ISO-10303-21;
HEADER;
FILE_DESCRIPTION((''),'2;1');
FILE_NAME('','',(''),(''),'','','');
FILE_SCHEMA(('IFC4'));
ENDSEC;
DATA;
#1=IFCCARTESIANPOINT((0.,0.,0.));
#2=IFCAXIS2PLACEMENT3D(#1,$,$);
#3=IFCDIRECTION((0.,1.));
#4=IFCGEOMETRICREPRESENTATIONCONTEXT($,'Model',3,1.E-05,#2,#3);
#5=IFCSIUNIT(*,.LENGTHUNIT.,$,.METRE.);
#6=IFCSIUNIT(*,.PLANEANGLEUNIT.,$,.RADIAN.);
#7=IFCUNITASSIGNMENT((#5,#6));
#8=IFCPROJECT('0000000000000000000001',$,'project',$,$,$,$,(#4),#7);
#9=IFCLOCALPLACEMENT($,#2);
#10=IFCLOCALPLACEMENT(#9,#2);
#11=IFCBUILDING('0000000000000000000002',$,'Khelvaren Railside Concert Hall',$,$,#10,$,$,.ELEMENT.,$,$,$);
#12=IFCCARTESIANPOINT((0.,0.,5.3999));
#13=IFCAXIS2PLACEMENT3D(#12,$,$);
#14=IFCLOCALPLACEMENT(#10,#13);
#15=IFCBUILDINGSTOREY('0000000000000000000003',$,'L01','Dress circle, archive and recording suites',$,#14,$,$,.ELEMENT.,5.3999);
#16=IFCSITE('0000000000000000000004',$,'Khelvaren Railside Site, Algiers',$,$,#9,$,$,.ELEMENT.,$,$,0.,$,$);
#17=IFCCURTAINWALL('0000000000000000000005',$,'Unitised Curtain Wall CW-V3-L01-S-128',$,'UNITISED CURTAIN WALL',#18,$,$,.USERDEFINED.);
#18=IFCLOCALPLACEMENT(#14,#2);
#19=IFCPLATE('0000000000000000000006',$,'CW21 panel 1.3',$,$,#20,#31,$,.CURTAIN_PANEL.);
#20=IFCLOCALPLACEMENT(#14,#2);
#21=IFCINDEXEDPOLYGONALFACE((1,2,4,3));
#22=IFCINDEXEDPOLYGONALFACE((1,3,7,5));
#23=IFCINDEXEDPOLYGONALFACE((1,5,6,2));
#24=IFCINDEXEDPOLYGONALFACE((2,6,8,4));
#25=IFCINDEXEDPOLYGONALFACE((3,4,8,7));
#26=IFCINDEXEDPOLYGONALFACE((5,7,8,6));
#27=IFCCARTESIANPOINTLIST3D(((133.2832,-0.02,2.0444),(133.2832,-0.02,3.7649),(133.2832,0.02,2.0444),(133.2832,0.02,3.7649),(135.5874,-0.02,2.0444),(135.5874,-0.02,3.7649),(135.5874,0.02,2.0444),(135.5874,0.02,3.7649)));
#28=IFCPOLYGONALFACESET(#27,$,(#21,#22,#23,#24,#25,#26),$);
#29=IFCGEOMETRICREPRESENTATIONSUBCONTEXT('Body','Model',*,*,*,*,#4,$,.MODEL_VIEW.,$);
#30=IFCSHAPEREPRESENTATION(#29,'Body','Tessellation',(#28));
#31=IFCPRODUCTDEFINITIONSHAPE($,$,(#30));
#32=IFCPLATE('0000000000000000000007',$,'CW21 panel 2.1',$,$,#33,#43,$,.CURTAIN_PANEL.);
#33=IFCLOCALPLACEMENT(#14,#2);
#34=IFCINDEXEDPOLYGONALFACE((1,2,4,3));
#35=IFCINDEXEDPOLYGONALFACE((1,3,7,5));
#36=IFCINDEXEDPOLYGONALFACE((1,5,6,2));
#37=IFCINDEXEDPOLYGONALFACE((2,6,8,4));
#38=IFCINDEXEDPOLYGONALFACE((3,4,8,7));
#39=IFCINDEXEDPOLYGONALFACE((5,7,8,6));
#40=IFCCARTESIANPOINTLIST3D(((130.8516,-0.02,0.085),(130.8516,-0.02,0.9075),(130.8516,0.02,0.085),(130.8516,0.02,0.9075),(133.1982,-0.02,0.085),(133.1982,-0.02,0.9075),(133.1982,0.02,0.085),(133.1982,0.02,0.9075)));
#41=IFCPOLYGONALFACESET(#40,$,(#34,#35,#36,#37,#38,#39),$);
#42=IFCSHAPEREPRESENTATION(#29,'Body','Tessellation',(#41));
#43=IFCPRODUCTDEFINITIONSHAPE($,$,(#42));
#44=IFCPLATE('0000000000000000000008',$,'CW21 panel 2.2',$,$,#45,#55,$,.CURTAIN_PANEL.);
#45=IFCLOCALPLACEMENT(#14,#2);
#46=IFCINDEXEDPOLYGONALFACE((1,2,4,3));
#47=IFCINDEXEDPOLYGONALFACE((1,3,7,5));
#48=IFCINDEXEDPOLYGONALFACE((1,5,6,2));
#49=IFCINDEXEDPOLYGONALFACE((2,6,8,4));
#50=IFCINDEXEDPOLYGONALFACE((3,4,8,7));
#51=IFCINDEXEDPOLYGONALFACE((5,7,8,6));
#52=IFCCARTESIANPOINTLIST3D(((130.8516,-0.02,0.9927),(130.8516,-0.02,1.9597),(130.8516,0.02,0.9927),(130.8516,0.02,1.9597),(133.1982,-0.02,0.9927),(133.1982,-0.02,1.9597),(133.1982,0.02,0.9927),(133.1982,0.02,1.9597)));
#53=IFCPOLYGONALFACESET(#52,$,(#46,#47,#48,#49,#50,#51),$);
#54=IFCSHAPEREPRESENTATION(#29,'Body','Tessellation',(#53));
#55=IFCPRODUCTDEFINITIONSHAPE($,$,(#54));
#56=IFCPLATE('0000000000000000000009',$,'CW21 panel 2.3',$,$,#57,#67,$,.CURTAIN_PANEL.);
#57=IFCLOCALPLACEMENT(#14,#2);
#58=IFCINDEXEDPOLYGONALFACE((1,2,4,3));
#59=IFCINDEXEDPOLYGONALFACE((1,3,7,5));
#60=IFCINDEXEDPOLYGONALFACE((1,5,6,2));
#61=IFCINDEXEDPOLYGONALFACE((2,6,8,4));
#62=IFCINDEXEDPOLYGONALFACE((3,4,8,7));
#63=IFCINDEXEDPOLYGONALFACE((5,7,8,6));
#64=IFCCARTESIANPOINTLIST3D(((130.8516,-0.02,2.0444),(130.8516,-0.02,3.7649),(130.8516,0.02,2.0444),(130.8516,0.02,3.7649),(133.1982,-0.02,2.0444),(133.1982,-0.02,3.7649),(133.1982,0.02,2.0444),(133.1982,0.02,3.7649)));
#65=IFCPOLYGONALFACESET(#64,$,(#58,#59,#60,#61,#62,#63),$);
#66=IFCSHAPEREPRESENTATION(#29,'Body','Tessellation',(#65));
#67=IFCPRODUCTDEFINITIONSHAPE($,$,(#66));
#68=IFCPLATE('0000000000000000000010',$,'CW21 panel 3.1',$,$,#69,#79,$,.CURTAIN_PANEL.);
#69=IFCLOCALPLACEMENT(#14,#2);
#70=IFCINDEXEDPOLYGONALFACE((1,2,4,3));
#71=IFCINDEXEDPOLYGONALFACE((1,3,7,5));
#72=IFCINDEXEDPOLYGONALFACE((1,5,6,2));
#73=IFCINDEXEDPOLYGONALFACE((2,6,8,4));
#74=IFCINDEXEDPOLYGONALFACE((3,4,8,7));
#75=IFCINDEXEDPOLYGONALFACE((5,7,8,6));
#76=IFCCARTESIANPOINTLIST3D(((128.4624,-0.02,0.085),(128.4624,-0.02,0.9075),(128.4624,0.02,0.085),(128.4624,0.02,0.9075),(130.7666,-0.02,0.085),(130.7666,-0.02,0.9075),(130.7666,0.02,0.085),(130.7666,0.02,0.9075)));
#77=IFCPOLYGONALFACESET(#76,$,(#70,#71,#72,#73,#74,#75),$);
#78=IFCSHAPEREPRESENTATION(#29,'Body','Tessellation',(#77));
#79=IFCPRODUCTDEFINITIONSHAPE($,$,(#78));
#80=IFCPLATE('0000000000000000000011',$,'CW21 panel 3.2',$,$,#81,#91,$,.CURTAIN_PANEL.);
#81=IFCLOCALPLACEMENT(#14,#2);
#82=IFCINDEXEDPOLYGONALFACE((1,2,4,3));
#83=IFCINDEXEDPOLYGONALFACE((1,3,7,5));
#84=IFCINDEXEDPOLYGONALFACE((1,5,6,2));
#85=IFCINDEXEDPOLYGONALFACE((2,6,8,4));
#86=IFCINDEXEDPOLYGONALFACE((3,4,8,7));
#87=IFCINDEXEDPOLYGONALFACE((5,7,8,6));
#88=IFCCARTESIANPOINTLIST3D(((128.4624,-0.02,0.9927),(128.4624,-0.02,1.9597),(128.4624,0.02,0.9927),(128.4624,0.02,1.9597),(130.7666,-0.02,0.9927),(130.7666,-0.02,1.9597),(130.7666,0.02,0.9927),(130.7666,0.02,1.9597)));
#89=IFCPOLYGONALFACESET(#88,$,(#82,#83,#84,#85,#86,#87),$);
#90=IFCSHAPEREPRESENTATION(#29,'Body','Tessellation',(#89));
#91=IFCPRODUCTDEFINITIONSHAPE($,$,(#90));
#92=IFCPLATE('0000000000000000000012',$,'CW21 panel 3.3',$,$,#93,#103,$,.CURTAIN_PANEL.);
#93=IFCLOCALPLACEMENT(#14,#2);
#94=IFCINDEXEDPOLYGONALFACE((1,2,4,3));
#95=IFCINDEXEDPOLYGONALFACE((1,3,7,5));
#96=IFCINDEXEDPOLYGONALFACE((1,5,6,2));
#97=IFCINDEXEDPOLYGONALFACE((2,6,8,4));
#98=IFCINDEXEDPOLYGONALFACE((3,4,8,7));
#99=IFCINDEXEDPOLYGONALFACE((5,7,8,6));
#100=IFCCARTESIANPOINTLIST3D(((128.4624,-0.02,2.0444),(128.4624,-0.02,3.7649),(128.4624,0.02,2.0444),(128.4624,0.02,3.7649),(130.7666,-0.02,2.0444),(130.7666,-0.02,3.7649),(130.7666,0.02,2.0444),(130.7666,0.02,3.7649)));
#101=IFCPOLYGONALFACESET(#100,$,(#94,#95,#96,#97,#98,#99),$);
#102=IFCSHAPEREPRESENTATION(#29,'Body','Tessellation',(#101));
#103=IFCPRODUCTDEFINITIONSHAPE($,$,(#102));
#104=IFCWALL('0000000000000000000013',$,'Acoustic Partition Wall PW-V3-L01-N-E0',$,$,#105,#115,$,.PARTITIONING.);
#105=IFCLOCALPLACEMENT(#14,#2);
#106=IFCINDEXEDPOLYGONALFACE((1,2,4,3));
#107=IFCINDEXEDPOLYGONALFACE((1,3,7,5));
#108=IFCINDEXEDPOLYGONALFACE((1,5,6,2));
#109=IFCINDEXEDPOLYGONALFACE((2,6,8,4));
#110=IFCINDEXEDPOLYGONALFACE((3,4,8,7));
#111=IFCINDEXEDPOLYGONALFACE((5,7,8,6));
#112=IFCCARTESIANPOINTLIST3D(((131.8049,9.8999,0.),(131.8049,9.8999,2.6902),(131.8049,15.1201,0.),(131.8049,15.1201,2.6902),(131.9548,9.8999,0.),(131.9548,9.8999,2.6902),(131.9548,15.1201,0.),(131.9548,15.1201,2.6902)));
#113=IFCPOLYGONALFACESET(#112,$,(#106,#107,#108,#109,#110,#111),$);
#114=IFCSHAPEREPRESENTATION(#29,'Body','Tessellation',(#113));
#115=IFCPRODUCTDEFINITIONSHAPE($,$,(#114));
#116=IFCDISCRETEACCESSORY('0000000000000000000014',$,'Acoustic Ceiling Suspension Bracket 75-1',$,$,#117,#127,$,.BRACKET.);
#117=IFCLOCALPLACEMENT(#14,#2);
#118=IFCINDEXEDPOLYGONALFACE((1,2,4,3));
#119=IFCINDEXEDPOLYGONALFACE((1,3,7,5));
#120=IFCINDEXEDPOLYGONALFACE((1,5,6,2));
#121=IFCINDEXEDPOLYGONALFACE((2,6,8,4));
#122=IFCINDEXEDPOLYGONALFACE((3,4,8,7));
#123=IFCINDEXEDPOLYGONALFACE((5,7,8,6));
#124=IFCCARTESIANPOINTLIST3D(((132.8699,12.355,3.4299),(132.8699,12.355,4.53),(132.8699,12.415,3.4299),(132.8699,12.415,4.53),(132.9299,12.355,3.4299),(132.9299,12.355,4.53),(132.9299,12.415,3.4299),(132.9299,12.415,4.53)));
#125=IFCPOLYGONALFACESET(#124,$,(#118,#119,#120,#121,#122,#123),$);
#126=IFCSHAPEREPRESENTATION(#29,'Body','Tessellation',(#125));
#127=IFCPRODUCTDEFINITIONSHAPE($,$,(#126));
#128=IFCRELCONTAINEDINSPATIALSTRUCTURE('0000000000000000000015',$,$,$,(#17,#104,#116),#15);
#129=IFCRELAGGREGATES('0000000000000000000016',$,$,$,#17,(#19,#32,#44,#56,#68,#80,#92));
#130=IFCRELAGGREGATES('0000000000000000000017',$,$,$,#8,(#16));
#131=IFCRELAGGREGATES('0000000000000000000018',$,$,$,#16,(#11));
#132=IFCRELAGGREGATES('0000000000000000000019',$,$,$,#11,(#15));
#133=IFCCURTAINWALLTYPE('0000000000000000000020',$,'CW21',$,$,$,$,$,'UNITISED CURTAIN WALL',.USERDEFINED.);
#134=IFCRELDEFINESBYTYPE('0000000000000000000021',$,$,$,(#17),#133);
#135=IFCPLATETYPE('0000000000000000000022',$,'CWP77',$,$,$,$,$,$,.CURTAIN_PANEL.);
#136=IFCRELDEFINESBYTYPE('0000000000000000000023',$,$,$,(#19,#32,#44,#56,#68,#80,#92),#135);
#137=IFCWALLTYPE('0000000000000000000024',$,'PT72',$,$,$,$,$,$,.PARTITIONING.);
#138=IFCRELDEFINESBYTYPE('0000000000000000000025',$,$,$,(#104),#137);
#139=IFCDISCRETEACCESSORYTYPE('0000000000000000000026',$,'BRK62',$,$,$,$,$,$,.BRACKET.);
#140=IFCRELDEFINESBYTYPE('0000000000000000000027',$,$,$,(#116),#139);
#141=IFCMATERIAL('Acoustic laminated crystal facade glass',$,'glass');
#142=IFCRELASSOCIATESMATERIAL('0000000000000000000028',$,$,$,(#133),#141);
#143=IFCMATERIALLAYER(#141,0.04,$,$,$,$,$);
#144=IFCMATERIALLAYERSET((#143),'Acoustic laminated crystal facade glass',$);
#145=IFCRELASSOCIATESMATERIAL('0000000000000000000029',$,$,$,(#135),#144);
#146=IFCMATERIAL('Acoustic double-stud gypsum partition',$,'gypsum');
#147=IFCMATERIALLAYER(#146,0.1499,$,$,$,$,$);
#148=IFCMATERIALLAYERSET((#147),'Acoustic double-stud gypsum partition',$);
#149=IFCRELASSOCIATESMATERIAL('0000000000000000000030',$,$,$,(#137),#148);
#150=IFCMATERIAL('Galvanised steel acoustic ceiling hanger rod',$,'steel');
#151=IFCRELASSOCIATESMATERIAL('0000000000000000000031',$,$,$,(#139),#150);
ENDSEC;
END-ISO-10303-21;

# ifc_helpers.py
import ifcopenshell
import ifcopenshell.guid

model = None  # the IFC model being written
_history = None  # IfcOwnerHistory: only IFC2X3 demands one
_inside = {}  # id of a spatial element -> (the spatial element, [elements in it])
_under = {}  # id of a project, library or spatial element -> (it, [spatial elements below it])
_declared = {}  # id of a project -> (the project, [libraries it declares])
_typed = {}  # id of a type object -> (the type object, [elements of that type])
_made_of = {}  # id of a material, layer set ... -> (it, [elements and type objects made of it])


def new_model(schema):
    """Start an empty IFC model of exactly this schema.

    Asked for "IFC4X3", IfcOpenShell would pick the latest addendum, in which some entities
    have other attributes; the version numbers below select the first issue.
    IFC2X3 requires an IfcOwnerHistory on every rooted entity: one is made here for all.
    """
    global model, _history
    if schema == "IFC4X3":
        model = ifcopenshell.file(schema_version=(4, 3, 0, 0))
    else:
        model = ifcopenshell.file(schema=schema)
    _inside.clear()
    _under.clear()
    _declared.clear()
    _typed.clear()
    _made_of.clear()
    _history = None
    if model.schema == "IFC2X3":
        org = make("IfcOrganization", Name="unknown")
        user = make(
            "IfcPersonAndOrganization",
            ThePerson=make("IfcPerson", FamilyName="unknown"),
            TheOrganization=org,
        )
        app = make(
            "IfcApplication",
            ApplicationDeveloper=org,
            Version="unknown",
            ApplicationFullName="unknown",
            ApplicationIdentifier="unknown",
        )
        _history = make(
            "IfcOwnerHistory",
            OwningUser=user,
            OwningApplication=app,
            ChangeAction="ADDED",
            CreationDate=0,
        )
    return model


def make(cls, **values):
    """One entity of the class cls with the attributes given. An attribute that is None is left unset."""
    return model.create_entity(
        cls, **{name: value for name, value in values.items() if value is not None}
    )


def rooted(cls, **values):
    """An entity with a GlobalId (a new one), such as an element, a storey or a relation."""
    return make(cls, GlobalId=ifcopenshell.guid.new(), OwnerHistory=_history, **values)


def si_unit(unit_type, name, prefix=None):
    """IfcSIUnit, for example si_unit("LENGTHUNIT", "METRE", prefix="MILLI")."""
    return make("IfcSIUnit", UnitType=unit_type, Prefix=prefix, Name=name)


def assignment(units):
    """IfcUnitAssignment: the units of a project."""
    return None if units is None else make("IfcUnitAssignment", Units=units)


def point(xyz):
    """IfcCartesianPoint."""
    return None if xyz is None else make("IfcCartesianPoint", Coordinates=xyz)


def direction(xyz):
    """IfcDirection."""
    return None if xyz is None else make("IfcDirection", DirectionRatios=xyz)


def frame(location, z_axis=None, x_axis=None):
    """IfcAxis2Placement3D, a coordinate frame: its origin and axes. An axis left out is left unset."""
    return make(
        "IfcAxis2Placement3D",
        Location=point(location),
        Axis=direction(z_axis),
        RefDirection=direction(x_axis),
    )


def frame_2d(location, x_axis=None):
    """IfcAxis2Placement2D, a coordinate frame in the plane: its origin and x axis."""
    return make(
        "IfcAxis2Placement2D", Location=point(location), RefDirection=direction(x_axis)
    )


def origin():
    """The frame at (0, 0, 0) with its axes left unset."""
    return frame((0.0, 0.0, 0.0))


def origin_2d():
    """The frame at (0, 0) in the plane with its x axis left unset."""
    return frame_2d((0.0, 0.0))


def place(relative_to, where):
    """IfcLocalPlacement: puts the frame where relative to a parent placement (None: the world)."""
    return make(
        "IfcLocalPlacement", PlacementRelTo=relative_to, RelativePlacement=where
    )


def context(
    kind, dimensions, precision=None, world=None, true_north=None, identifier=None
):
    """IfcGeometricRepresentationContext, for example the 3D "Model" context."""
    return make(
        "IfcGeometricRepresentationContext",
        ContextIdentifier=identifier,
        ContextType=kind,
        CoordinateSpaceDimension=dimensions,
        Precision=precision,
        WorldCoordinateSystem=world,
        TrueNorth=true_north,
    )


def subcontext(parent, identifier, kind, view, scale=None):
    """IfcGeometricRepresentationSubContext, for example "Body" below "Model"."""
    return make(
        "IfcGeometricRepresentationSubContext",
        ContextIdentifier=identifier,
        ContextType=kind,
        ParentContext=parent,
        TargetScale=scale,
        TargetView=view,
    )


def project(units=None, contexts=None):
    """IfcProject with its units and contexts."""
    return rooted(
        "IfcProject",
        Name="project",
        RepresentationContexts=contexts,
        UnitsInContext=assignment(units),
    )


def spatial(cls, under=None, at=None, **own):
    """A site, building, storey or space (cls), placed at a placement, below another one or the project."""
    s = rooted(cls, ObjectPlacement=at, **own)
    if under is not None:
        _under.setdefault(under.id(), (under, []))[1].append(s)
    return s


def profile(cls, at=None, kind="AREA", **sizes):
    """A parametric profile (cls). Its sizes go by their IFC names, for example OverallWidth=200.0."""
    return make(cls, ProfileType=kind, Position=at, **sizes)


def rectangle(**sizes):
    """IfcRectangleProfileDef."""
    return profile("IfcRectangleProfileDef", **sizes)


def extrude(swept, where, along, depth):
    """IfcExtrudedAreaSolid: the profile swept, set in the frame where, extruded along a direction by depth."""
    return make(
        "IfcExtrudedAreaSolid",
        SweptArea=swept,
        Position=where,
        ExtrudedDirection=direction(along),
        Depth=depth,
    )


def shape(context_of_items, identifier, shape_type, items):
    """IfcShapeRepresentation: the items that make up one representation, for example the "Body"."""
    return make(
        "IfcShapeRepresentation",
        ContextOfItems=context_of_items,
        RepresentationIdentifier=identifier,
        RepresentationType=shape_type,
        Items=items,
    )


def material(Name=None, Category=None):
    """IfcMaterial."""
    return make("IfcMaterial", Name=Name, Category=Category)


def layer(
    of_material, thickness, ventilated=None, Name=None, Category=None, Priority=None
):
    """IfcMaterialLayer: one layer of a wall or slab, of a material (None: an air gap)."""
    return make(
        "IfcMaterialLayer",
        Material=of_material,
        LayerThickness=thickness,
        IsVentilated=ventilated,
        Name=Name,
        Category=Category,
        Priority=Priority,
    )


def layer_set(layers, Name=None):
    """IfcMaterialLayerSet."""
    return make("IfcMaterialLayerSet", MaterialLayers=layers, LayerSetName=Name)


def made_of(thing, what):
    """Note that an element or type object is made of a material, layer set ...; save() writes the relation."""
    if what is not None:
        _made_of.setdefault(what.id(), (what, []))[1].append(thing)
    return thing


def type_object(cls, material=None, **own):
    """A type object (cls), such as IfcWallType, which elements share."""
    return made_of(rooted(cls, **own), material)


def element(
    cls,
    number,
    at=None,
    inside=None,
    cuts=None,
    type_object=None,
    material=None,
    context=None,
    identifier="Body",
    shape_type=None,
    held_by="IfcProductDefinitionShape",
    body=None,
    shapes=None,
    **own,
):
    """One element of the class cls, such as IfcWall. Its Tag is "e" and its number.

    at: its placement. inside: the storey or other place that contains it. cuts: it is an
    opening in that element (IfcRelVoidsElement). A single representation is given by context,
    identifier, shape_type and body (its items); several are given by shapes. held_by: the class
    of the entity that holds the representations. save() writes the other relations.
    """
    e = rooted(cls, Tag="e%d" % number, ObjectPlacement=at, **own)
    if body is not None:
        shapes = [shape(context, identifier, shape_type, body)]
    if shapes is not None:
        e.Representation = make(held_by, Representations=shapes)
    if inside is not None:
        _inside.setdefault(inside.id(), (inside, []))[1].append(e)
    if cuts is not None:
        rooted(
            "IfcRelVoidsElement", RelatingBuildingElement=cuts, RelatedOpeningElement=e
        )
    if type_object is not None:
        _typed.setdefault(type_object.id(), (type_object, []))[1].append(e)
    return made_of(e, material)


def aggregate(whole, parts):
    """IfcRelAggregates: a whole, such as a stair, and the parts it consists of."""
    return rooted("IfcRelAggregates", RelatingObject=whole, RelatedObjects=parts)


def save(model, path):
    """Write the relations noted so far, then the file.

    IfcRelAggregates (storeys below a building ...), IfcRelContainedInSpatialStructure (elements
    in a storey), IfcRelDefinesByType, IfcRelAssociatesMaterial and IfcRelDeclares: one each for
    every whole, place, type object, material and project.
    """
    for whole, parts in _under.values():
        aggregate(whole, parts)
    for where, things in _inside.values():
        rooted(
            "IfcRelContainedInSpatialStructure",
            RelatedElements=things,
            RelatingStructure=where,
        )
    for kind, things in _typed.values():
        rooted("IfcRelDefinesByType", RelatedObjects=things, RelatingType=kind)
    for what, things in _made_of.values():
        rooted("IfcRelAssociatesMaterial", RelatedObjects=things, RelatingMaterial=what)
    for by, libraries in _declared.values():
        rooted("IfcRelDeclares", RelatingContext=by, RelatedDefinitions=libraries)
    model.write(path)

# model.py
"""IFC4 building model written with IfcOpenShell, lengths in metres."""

from ifc_helpers import new_model, si_unit, direction, frame, frame_2d, origin, origin_2d, place, context, subcontext, project, spatial, rectangle, extrude, material, layer, layer_set, type_object, element, aggregate, save


model = new_model("IFC4")

# Units and contexts
model_context = context("Model", 3, precision=1e-05, world=origin(), true_north=direction((0.0, 1.0)))
body_context = subcontext(model_context, "Body", "Model", "MODEL_VIEW")
ifc_project = project(units=[si_unit("LENGTHUNIT", "METRE"), si_unit("PLANEANGLEUNIT", "RADIAN")], contexts=[model_context])

# Site, building, storey
site_placement = place(None, origin())
site = spatial("IfcSite", under=ifc_project, at=site_placement, Name="Khelvaren Railside Site, Algiers", CompositionType="ELEMENT", RefElevation=0.0)
building_placement = place(site_placement, origin())
building = spatial("IfcBuilding", under=site, at=building_placement, Name="Khelvaren Railside Concert Hall", CompositionType="ELEMENT")
storey_placement = place(building_placement, frame((0.0, 0.0, 5.3999)))
storey = spatial("IfcBuildingStorey", under=building, at=storey_placement, Name="L01", Description="Dress circle, archive and recording suites", CompositionType="ELEMENT", Elevation=5.3999)

# Curtain wall
ifc_material_1 = material(Name="Acoustic laminated crystal facade glass", Category="glass")
curtain_wall_type = type_object("IfcCurtainWallType", Name="CW21", ElementType="UNITISED CURTAIN WALL", PredefinedType="USERDEFINED", material=ifc_material_1)
curtain_wall_placement = place(storey_placement, origin())
curtain_wall = element("IfcCurtainWall", 1, at=curtain_wall_placement, inside=storey, type_object=curtain_wall_type, Name="Unitised Curtain Wall CW-V3-L01-S-128", ObjectType="UNITISED CURTAIN WALL", PredefinedType="USERDEFINED")

# Plates
ifc_layer_1 = layer(ifc_material_1, 0.04)
ifc_layer_set_1 = layer_set([ifc_layer_1], Name="Acoustic laminated crystal facade glass")
plate_type = type_object("IfcPlateType", Name="CWP77", PredefinedType="CURTAIN_PANEL", material=ifc_layer_set_1)
plate_1_placement = place(storey_placement, frame((134.4353, 0.0, 2.0444), z_axis=(0.0, 0.0, 1.0), x_axis=(-1.0, 0.0, 0.0)))
plate_1 = element("IfcPlate", 2, at=plate_1_placement, type_object=plate_type, Name="CW21 panel 1.3", PredefinedType="CURTAIN_PANEL", context=body_context, shape_type="SweptSolid", body=[
    extrude(rectangle(XDim=2.3042, YDim=0.04, at=origin_2d()), origin(), (0.0, 0.0, 1.0), 1.7205),
])
plate_2_placement = place(storey_placement, frame((132.0249, 0.0, 0.085), z_axis=(0.0, 0.0, 1.0), x_axis=(-1.0, 0.0, 0.0)))
plate_2 = element("IfcPlate", 3, at=plate_2_placement, type_object=plate_type, Name="CW21 panel 2.1", PredefinedType="CURTAIN_PANEL", context=body_context, shape_type="SweptSolid", body=[
    extrude(rectangle(XDim=2.3467, YDim=0.04, at=origin_2d()), origin(), (0.0, 0.0, 1.0), 0.8225),
])
plate_3_placement = place(storey_placement, frame((132.0249, 0.0, 0.9927), z_axis=(0.0, 0.0, 1.0), x_axis=(-1.0, 0.0, 0.0)))
plate_3 = element("IfcPlate", 4, at=plate_3_placement, type_object=plate_type, Name="CW21 panel 2.2", PredefinedType="CURTAIN_PANEL", context=body_context, shape_type="SweptSolid", body=[
    extrude(rectangle(XDim=2.3467, YDim=0.04, at=origin_2d()), origin(), (0.0, 0.0, 1.0), 0.967),
])
plate_4_placement = place(storey_placement, frame((132.0249, 0.0, 2.0444), z_axis=(0.0, 0.0, 1.0), x_axis=(-1.0, 0.0, 0.0)))
plate_4 = element("IfcPlate", 5, at=plate_4_placement, type_object=plate_type, Name="CW21 panel 2.3", PredefinedType="CURTAIN_PANEL", context=body_context, shape_type="SweptSolid", body=[
    extrude(rectangle(XDim=2.3467, YDim=0.04, at=origin_2d()), origin(), (0.0, 0.0, 1.0), 1.7205),
])
plate_5_placement = place(storey_placement, frame((129.6145, 0.0, 0.085), z_axis=(0.0, 0.0, 1.0), x_axis=(-1.0, 0.0, 0.0)))
plate_5 = element("IfcPlate", 6, at=plate_5_placement, type_object=plate_type, Name="CW21 panel 3.1", PredefinedType="CURTAIN_PANEL", context=body_context, shape_type="SweptSolid", body=[
    extrude(rectangle(XDim=2.3042, YDim=0.04, at=origin_2d()), origin(), (0.0, 0.0, 1.0), 0.8225),
])
plate_6_placement = place(storey_placement, frame((129.6145, 0.0, 0.9927), z_axis=(0.0, 0.0, 1.0), x_axis=(-1.0, 0.0, 0.0)))
plate_6 = element("IfcPlate", 7, at=plate_6_placement, type_object=plate_type, Name="CW21 panel 3.2", PredefinedType="CURTAIN_PANEL", context=body_context, shape_type="SweptSolid", body=[
    extrude(rectangle(XDim=2.3042, YDim=0.04, at=origin_2d()), origin(), (0.0, 0.0, 1.0), 0.967),
])
plate_7_placement = place(storey_placement, frame((129.6145, 0.0, 2.0444), z_axis=(0.0, 0.0, 1.0), x_axis=(-1.0, 0.0, 0.0)))
plate_7 = element("IfcPlate", 8, at=plate_7_placement, type_object=plate_type, Name="CW21 panel 3.3", PredefinedType="CURTAIN_PANEL", context=body_context, shape_type="SweptSolid", body=[
    extrude(rectangle(XDim=2.3042, YDim=0.04, at=origin_2d()), origin(), (0.0, 0.0, 1.0), 1.7205),
])
aggregate(curtain_wall, [plate_1, plate_2, plate_3, plate_4, plate_5, plate_6, plate_7])

# Wall
ifc_material_2 = material(Name="Acoustic double-stud gypsum partition", Category="gypsum")
ifc_layer_2 = layer(ifc_material_2, 0.1499)
ifc_layer_set_2 = layer_set([ifc_layer_2], Name="Acoustic double-stud gypsum partition")
wall_type = type_object("IfcWallType", Name="PT72", PredefinedType="PARTITIONING", material=ifc_layer_set_2)
wall_placement = place(storey_placement, frame((131.8799, 9.8999, 0.0), z_axis=(0.0, 0.0, 1.0), x_axis=(0.0, 1.0, 0.0)))
element("IfcWall", 9, at=wall_placement, inside=storey, type_object=wall_type, Name="Acoustic Partition Wall PW-V3-L01-N-E0", PredefinedType="PARTITIONING", context=body_context, shape_type="SweptSolid", body=[
    extrude(rectangle(XDim=5.2202, YDim=0.1499, at=frame_2d((2.6101, 0.0))), origin(), (0.0, 0.0, 1.0), 2.6902),
])

# Discrete accessory
ifc_material_3 = material(Name="Galvanised steel acoustic ceiling hanger rod", Category="steel")
discrete_accessory_type = type_object("IfcDiscreteAccessoryType", Name="BRK62", PredefinedType="BRACKET", material=ifc_material_3)
discrete_accessory_placement = place(storey_placement, frame((132.8999, 12.385, 3.4299), z_axis=(0.0, 0.0, 1.0), x_axis=(1.0, 0.0, 0.0)))
element("IfcDiscreteAccessory", 10, at=discrete_accessory_placement, inside=storey, type_object=discrete_accessory_type, Name="Acoustic Ceiling Suspension Bracket 75-1", PredefinedType="BRACKET", context=body_context, shape_type="SweptSolid", body=[
    extrude(rectangle(XDim=0.0601, YDim=0.0601, at=origin_2d()), origin(), (0.0, 0.0, 1.0), 1.1001),
])

save(model, "model.ifc")
